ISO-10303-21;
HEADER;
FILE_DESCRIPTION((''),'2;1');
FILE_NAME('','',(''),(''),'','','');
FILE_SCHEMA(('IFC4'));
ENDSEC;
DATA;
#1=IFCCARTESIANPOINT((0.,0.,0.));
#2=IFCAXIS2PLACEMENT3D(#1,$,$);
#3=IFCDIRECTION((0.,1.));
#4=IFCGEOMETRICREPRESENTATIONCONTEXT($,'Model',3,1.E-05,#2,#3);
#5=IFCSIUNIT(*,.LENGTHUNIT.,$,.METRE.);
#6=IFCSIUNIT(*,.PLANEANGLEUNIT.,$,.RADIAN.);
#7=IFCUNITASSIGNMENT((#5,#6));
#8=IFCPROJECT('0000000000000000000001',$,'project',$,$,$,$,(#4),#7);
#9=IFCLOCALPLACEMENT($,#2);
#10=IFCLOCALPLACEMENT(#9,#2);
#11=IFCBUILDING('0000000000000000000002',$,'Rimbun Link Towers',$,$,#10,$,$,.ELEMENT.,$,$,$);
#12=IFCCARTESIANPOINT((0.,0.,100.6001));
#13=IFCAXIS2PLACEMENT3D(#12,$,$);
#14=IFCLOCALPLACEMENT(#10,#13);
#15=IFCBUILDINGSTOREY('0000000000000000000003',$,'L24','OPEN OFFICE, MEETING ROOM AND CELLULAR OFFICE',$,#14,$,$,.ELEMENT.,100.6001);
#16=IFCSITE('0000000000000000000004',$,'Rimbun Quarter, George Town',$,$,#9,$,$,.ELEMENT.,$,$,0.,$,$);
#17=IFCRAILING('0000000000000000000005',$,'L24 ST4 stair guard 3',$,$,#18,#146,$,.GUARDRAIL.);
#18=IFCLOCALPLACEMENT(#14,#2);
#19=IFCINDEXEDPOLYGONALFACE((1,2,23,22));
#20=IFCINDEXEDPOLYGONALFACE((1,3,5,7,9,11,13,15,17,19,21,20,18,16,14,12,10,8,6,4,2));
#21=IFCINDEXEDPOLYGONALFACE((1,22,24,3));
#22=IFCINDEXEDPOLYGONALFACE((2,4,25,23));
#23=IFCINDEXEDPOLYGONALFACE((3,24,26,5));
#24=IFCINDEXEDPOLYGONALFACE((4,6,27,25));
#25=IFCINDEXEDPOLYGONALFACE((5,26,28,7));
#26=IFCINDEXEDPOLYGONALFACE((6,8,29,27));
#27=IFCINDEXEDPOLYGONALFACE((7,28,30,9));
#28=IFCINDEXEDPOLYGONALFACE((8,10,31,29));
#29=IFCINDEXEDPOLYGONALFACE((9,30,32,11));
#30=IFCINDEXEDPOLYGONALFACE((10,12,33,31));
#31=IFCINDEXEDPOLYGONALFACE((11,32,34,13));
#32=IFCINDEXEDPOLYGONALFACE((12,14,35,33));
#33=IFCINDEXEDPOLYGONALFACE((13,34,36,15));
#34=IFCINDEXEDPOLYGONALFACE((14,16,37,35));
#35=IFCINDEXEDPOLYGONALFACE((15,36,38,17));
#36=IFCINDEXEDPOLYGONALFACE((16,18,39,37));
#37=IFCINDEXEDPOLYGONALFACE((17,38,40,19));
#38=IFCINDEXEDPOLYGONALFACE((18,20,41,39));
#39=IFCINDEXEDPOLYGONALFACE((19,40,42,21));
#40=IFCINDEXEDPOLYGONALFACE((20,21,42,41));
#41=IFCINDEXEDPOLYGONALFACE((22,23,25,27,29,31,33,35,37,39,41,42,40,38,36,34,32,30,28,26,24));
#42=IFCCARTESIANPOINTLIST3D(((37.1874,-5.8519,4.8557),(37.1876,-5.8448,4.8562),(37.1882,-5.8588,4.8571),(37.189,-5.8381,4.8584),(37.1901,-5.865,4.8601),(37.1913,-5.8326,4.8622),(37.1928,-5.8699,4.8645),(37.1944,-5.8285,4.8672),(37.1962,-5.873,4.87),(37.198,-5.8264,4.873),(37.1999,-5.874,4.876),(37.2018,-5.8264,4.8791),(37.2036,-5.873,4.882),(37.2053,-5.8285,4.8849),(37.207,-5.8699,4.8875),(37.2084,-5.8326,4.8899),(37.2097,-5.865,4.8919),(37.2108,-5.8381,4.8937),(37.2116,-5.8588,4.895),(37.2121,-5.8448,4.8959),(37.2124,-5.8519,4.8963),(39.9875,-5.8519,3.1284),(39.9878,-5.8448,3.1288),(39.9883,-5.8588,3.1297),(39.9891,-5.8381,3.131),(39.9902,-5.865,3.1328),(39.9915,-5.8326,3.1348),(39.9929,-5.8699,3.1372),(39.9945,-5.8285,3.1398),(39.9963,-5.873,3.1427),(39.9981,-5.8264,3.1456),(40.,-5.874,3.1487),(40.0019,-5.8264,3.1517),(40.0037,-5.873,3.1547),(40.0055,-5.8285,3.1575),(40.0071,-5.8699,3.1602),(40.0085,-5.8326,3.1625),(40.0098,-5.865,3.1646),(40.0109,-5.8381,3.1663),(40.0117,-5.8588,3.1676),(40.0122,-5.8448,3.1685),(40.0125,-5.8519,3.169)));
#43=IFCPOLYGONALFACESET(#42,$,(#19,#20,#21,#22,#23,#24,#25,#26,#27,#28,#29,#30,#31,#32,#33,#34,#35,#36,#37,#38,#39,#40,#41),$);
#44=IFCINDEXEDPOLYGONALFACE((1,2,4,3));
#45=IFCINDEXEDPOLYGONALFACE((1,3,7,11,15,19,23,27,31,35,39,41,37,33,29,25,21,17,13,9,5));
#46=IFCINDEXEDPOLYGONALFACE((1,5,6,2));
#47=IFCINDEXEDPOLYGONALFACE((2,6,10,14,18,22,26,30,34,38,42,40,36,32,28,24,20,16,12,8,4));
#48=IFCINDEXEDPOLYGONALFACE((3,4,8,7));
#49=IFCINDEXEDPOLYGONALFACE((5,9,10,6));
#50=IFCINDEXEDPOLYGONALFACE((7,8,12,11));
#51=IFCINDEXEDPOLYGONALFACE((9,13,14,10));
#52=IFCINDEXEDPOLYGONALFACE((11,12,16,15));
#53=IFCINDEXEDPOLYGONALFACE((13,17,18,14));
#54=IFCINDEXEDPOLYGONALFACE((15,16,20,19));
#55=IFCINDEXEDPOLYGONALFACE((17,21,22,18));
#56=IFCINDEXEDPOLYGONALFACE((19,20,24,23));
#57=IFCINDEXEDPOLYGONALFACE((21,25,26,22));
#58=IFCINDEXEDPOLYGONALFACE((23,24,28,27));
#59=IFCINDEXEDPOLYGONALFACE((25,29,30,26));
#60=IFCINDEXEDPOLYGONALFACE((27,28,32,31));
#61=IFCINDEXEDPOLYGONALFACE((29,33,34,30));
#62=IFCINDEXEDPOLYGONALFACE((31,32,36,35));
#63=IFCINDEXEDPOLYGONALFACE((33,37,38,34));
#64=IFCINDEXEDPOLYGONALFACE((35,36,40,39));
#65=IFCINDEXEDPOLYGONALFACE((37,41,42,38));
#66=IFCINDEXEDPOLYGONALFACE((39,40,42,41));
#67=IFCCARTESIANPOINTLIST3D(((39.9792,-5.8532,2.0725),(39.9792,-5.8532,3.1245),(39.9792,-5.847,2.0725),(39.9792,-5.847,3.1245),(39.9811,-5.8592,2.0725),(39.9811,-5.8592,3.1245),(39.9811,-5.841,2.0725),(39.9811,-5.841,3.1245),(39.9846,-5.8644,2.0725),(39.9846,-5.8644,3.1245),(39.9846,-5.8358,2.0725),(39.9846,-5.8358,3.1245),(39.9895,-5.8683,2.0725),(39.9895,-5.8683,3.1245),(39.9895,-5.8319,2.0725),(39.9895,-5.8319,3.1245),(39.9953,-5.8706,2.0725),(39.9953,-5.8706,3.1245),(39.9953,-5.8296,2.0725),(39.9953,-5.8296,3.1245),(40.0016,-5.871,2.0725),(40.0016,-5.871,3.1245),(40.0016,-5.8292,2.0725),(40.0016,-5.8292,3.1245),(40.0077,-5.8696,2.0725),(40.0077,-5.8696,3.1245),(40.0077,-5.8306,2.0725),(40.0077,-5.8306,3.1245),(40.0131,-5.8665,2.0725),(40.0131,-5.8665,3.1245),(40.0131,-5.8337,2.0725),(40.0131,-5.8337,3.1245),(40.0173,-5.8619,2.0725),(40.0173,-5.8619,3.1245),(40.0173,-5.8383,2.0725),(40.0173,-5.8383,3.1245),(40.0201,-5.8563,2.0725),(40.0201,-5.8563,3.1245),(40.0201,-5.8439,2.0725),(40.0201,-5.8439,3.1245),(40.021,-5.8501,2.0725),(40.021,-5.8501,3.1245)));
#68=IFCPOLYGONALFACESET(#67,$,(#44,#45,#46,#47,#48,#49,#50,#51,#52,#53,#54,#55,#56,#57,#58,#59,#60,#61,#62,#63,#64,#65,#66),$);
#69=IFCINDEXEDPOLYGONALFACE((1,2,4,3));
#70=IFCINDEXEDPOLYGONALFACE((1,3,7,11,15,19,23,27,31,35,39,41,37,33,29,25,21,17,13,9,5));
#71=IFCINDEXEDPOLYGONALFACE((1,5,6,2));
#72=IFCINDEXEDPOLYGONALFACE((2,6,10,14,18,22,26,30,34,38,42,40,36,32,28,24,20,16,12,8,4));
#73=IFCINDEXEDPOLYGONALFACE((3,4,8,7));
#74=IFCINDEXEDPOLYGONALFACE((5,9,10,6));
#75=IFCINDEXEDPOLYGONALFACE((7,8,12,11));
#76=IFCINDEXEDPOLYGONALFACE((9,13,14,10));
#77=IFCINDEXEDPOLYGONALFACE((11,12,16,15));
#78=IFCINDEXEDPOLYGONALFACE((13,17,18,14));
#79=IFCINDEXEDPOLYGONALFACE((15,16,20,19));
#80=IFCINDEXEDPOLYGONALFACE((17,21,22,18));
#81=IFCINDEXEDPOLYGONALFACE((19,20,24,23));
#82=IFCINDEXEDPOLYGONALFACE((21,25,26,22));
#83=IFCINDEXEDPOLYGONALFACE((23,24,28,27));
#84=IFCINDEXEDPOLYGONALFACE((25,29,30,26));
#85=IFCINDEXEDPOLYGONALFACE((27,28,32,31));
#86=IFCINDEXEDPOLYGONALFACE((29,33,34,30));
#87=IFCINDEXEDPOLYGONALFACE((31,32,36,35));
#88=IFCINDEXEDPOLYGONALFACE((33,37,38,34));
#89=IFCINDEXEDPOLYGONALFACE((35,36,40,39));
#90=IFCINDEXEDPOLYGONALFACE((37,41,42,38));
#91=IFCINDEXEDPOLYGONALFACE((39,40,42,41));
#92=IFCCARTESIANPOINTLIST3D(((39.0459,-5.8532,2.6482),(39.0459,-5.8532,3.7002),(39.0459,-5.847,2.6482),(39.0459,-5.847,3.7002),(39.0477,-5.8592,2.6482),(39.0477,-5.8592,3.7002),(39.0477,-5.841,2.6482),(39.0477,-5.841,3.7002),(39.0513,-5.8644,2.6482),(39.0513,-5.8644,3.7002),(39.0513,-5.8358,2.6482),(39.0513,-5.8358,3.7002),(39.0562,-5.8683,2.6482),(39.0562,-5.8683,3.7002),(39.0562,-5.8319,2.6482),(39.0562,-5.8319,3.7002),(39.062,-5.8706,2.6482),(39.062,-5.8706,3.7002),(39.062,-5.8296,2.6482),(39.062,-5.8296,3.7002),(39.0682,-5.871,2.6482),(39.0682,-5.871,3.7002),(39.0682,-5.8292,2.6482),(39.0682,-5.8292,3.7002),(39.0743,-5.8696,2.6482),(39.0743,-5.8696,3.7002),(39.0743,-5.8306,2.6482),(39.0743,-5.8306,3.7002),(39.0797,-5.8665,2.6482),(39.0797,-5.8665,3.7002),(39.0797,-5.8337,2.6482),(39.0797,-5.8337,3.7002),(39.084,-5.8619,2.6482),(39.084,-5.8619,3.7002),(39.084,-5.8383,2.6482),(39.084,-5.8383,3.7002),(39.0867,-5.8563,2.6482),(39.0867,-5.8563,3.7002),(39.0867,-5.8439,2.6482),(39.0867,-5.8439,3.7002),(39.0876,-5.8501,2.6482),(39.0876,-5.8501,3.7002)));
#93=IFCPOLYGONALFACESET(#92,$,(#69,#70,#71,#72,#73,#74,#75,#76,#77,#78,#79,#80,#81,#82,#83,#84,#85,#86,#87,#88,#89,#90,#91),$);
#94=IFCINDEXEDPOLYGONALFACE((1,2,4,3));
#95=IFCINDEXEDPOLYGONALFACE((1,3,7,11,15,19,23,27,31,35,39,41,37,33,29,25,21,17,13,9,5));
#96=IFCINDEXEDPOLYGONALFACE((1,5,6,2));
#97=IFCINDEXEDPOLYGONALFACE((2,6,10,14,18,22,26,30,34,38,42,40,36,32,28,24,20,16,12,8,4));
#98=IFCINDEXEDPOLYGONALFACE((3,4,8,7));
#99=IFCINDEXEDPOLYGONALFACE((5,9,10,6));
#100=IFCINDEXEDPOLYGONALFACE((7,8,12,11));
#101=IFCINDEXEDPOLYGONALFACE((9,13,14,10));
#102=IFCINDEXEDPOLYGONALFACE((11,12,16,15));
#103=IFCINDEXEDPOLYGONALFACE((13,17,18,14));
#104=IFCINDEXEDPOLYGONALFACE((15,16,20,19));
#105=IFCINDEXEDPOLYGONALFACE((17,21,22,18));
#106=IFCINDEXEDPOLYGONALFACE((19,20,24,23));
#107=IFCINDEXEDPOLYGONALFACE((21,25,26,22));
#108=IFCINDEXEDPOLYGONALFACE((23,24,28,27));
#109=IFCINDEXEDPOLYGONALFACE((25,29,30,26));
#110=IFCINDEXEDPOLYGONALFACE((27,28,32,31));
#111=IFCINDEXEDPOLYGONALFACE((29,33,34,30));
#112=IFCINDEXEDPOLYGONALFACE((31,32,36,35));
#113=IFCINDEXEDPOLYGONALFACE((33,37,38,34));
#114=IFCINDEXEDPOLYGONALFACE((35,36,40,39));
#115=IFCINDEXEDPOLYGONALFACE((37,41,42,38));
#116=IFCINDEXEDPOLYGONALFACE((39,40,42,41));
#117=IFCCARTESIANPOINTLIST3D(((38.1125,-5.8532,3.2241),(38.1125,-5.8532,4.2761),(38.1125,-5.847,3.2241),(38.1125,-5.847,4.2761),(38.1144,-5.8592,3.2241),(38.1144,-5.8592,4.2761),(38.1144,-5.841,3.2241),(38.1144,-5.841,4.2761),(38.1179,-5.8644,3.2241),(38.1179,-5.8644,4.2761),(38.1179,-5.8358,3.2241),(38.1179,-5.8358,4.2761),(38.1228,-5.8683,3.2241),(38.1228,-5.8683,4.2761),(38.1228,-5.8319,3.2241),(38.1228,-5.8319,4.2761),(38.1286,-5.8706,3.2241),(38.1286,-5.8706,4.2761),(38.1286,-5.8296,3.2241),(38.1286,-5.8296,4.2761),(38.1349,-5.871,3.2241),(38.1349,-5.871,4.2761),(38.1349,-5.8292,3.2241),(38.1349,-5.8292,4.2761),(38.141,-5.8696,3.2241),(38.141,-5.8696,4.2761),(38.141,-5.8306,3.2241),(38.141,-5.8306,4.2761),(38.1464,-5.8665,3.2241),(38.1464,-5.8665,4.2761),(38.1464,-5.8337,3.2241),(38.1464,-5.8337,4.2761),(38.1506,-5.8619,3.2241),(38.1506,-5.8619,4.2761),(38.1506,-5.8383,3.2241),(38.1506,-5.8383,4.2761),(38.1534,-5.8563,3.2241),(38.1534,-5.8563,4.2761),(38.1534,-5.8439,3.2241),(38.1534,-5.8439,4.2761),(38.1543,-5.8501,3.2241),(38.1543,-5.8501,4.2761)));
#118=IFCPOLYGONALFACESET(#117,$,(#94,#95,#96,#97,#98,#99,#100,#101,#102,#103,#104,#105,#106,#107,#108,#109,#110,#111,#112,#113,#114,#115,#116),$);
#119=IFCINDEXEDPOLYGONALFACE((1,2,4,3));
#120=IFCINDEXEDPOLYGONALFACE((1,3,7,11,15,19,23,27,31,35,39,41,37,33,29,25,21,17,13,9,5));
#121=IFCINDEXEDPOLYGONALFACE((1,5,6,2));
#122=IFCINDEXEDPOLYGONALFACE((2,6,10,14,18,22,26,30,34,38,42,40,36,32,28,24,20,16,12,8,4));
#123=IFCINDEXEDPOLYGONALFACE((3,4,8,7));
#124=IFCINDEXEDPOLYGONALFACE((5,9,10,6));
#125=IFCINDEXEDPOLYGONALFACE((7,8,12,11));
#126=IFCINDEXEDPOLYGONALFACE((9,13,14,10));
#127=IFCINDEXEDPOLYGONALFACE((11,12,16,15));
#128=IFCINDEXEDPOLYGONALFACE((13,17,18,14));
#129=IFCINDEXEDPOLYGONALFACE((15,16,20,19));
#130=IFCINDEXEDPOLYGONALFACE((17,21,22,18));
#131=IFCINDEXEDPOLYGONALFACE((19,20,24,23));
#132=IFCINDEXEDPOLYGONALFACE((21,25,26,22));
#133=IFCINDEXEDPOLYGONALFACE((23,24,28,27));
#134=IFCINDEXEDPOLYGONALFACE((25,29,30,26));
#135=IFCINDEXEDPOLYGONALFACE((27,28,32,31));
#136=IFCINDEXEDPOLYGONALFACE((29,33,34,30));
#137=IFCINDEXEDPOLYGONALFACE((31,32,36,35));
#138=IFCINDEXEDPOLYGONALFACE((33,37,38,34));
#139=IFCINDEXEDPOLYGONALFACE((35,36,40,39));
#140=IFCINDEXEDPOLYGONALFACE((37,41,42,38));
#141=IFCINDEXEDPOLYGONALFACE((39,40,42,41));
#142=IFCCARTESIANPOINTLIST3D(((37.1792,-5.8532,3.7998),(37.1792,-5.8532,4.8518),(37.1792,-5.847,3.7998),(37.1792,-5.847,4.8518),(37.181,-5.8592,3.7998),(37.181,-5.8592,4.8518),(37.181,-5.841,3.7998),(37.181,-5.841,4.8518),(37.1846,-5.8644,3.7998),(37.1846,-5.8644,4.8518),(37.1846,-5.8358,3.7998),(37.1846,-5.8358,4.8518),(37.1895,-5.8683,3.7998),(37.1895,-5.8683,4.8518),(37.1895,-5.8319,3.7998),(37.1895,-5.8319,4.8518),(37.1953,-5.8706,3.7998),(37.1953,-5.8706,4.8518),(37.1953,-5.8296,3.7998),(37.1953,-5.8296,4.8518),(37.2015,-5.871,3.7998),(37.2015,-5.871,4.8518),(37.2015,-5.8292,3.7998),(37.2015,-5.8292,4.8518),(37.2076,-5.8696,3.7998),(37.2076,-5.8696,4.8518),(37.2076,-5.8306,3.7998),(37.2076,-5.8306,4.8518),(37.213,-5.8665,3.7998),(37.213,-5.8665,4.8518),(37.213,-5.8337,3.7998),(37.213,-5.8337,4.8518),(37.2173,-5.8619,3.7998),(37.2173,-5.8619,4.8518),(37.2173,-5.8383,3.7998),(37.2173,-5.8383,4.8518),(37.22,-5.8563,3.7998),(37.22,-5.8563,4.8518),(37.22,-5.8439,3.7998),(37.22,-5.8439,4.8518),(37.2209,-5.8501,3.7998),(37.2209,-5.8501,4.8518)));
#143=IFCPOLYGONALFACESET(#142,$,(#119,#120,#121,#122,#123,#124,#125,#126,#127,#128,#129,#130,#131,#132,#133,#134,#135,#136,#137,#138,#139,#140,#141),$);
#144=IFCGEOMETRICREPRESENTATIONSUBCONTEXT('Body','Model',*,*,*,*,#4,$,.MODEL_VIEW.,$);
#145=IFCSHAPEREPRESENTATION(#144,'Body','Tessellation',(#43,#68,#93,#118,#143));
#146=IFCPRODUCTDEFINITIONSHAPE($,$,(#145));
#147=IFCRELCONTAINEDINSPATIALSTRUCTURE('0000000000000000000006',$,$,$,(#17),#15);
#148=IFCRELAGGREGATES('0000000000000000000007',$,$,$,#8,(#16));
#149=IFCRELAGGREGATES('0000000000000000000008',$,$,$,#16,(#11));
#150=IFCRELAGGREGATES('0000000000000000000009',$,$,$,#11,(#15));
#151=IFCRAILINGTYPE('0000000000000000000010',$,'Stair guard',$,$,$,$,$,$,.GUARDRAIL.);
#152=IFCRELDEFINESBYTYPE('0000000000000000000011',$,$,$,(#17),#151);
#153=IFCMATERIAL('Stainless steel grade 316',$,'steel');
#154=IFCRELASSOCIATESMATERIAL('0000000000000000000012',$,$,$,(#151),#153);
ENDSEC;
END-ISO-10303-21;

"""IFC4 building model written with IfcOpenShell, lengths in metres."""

from ifc_helpers import new_model, si_unit, direction, frame, origin, origin_2d, place, context, subcontext, project, spatial, circle, extrude, material, type_object, element, save


model = new_model("IFC4")

# Units and contexts
model_context = context("Model", 3, precision=1e-05, world=origin(), true_north=direction((0.0, 1.0)))
body_context = subcontext(model_context, "Body", "Model", "MODEL_VIEW")
ifc_project = project(units=[si_unit("LENGTHUNIT", "METRE"), si_unit("PLANEANGLEUNIT", "RADIAN")], contexts=[model_context])

# Site, building, storey
site_placement = place(None, origin())
site = spatial("IfcSite", under=ifc_project, at=site_placement, Name="Rimbun Quarter, George Town", CompositionType="ELEMENT", RefElevation=0.0)
building_placement = place(site_placement, origin())
building = spatial("IfcBuilding", under=site, at=building_placement, Name="Rimbun Link Towers", CompositionType="ELEMENT")
storey_placement = place(building_placement, frame((0.0, 0.0, 100.6001)))
storey = spatial("IfcBuildingStorey", under=building, at=storey_placement, Name="L24", Description="OPEN OFFICE, MEETING ROOM AND CELLULAR OFFICE", CompositionType="ELEMENT", Elevation=100.6001)

# Railing
ifc_material_1 = material(Name="Stainless steel grade 316", Category="steel")
railing_type = type_object("IfcRailingType", Name="Stair guard", PredefinedType="GUARDRAIL", material=ifc_material_1)
railing_1_placement = place(storey_placement, frame((40.0, -5.8501, 2.0725)))
element("IfcRailing", 1, at=railing_1_placement, inside=storey, type_object=railing_type, Name="L24 ST4 stair guard 3", PredefinedType="GUARDRAIL", context=body_context, shape_type="SweptSolid", body=[
    extrude(circle(Radius=0.0239, at=origin_2d()), frame((0.0, 0.0, 1.0762), z_axis=(-0.85109, 0.0, 0.52502), x_axis=(0.0, -1.0, 0.0)), (0.0, 0.0, 1.0), 3.29),
    extrude(circle(Radius=0.021, at=origin_2d()), origin(), (0.0, 0.0, 1.0), 1.052),
    extrude(circle(Radius=0.021, at=origin_2d()), frame((-0.9333, 0.0, 0.5757)), (0.0, 0.0, 1.0), 1.052),
    extrude(circle(Radius=0.021, at=origin_2d()), frame((-1.8667, 0.0, 1.1516)), (0.0, 0.0, 1.0), 1.052),
    extrude(circle(Radius=0.021, at=origin_2d()), frame((-2.8, 0.0, 1.7273)), (0.0, 0.0, 1.0), 1.052),
])

save(model, "model.ifc")
